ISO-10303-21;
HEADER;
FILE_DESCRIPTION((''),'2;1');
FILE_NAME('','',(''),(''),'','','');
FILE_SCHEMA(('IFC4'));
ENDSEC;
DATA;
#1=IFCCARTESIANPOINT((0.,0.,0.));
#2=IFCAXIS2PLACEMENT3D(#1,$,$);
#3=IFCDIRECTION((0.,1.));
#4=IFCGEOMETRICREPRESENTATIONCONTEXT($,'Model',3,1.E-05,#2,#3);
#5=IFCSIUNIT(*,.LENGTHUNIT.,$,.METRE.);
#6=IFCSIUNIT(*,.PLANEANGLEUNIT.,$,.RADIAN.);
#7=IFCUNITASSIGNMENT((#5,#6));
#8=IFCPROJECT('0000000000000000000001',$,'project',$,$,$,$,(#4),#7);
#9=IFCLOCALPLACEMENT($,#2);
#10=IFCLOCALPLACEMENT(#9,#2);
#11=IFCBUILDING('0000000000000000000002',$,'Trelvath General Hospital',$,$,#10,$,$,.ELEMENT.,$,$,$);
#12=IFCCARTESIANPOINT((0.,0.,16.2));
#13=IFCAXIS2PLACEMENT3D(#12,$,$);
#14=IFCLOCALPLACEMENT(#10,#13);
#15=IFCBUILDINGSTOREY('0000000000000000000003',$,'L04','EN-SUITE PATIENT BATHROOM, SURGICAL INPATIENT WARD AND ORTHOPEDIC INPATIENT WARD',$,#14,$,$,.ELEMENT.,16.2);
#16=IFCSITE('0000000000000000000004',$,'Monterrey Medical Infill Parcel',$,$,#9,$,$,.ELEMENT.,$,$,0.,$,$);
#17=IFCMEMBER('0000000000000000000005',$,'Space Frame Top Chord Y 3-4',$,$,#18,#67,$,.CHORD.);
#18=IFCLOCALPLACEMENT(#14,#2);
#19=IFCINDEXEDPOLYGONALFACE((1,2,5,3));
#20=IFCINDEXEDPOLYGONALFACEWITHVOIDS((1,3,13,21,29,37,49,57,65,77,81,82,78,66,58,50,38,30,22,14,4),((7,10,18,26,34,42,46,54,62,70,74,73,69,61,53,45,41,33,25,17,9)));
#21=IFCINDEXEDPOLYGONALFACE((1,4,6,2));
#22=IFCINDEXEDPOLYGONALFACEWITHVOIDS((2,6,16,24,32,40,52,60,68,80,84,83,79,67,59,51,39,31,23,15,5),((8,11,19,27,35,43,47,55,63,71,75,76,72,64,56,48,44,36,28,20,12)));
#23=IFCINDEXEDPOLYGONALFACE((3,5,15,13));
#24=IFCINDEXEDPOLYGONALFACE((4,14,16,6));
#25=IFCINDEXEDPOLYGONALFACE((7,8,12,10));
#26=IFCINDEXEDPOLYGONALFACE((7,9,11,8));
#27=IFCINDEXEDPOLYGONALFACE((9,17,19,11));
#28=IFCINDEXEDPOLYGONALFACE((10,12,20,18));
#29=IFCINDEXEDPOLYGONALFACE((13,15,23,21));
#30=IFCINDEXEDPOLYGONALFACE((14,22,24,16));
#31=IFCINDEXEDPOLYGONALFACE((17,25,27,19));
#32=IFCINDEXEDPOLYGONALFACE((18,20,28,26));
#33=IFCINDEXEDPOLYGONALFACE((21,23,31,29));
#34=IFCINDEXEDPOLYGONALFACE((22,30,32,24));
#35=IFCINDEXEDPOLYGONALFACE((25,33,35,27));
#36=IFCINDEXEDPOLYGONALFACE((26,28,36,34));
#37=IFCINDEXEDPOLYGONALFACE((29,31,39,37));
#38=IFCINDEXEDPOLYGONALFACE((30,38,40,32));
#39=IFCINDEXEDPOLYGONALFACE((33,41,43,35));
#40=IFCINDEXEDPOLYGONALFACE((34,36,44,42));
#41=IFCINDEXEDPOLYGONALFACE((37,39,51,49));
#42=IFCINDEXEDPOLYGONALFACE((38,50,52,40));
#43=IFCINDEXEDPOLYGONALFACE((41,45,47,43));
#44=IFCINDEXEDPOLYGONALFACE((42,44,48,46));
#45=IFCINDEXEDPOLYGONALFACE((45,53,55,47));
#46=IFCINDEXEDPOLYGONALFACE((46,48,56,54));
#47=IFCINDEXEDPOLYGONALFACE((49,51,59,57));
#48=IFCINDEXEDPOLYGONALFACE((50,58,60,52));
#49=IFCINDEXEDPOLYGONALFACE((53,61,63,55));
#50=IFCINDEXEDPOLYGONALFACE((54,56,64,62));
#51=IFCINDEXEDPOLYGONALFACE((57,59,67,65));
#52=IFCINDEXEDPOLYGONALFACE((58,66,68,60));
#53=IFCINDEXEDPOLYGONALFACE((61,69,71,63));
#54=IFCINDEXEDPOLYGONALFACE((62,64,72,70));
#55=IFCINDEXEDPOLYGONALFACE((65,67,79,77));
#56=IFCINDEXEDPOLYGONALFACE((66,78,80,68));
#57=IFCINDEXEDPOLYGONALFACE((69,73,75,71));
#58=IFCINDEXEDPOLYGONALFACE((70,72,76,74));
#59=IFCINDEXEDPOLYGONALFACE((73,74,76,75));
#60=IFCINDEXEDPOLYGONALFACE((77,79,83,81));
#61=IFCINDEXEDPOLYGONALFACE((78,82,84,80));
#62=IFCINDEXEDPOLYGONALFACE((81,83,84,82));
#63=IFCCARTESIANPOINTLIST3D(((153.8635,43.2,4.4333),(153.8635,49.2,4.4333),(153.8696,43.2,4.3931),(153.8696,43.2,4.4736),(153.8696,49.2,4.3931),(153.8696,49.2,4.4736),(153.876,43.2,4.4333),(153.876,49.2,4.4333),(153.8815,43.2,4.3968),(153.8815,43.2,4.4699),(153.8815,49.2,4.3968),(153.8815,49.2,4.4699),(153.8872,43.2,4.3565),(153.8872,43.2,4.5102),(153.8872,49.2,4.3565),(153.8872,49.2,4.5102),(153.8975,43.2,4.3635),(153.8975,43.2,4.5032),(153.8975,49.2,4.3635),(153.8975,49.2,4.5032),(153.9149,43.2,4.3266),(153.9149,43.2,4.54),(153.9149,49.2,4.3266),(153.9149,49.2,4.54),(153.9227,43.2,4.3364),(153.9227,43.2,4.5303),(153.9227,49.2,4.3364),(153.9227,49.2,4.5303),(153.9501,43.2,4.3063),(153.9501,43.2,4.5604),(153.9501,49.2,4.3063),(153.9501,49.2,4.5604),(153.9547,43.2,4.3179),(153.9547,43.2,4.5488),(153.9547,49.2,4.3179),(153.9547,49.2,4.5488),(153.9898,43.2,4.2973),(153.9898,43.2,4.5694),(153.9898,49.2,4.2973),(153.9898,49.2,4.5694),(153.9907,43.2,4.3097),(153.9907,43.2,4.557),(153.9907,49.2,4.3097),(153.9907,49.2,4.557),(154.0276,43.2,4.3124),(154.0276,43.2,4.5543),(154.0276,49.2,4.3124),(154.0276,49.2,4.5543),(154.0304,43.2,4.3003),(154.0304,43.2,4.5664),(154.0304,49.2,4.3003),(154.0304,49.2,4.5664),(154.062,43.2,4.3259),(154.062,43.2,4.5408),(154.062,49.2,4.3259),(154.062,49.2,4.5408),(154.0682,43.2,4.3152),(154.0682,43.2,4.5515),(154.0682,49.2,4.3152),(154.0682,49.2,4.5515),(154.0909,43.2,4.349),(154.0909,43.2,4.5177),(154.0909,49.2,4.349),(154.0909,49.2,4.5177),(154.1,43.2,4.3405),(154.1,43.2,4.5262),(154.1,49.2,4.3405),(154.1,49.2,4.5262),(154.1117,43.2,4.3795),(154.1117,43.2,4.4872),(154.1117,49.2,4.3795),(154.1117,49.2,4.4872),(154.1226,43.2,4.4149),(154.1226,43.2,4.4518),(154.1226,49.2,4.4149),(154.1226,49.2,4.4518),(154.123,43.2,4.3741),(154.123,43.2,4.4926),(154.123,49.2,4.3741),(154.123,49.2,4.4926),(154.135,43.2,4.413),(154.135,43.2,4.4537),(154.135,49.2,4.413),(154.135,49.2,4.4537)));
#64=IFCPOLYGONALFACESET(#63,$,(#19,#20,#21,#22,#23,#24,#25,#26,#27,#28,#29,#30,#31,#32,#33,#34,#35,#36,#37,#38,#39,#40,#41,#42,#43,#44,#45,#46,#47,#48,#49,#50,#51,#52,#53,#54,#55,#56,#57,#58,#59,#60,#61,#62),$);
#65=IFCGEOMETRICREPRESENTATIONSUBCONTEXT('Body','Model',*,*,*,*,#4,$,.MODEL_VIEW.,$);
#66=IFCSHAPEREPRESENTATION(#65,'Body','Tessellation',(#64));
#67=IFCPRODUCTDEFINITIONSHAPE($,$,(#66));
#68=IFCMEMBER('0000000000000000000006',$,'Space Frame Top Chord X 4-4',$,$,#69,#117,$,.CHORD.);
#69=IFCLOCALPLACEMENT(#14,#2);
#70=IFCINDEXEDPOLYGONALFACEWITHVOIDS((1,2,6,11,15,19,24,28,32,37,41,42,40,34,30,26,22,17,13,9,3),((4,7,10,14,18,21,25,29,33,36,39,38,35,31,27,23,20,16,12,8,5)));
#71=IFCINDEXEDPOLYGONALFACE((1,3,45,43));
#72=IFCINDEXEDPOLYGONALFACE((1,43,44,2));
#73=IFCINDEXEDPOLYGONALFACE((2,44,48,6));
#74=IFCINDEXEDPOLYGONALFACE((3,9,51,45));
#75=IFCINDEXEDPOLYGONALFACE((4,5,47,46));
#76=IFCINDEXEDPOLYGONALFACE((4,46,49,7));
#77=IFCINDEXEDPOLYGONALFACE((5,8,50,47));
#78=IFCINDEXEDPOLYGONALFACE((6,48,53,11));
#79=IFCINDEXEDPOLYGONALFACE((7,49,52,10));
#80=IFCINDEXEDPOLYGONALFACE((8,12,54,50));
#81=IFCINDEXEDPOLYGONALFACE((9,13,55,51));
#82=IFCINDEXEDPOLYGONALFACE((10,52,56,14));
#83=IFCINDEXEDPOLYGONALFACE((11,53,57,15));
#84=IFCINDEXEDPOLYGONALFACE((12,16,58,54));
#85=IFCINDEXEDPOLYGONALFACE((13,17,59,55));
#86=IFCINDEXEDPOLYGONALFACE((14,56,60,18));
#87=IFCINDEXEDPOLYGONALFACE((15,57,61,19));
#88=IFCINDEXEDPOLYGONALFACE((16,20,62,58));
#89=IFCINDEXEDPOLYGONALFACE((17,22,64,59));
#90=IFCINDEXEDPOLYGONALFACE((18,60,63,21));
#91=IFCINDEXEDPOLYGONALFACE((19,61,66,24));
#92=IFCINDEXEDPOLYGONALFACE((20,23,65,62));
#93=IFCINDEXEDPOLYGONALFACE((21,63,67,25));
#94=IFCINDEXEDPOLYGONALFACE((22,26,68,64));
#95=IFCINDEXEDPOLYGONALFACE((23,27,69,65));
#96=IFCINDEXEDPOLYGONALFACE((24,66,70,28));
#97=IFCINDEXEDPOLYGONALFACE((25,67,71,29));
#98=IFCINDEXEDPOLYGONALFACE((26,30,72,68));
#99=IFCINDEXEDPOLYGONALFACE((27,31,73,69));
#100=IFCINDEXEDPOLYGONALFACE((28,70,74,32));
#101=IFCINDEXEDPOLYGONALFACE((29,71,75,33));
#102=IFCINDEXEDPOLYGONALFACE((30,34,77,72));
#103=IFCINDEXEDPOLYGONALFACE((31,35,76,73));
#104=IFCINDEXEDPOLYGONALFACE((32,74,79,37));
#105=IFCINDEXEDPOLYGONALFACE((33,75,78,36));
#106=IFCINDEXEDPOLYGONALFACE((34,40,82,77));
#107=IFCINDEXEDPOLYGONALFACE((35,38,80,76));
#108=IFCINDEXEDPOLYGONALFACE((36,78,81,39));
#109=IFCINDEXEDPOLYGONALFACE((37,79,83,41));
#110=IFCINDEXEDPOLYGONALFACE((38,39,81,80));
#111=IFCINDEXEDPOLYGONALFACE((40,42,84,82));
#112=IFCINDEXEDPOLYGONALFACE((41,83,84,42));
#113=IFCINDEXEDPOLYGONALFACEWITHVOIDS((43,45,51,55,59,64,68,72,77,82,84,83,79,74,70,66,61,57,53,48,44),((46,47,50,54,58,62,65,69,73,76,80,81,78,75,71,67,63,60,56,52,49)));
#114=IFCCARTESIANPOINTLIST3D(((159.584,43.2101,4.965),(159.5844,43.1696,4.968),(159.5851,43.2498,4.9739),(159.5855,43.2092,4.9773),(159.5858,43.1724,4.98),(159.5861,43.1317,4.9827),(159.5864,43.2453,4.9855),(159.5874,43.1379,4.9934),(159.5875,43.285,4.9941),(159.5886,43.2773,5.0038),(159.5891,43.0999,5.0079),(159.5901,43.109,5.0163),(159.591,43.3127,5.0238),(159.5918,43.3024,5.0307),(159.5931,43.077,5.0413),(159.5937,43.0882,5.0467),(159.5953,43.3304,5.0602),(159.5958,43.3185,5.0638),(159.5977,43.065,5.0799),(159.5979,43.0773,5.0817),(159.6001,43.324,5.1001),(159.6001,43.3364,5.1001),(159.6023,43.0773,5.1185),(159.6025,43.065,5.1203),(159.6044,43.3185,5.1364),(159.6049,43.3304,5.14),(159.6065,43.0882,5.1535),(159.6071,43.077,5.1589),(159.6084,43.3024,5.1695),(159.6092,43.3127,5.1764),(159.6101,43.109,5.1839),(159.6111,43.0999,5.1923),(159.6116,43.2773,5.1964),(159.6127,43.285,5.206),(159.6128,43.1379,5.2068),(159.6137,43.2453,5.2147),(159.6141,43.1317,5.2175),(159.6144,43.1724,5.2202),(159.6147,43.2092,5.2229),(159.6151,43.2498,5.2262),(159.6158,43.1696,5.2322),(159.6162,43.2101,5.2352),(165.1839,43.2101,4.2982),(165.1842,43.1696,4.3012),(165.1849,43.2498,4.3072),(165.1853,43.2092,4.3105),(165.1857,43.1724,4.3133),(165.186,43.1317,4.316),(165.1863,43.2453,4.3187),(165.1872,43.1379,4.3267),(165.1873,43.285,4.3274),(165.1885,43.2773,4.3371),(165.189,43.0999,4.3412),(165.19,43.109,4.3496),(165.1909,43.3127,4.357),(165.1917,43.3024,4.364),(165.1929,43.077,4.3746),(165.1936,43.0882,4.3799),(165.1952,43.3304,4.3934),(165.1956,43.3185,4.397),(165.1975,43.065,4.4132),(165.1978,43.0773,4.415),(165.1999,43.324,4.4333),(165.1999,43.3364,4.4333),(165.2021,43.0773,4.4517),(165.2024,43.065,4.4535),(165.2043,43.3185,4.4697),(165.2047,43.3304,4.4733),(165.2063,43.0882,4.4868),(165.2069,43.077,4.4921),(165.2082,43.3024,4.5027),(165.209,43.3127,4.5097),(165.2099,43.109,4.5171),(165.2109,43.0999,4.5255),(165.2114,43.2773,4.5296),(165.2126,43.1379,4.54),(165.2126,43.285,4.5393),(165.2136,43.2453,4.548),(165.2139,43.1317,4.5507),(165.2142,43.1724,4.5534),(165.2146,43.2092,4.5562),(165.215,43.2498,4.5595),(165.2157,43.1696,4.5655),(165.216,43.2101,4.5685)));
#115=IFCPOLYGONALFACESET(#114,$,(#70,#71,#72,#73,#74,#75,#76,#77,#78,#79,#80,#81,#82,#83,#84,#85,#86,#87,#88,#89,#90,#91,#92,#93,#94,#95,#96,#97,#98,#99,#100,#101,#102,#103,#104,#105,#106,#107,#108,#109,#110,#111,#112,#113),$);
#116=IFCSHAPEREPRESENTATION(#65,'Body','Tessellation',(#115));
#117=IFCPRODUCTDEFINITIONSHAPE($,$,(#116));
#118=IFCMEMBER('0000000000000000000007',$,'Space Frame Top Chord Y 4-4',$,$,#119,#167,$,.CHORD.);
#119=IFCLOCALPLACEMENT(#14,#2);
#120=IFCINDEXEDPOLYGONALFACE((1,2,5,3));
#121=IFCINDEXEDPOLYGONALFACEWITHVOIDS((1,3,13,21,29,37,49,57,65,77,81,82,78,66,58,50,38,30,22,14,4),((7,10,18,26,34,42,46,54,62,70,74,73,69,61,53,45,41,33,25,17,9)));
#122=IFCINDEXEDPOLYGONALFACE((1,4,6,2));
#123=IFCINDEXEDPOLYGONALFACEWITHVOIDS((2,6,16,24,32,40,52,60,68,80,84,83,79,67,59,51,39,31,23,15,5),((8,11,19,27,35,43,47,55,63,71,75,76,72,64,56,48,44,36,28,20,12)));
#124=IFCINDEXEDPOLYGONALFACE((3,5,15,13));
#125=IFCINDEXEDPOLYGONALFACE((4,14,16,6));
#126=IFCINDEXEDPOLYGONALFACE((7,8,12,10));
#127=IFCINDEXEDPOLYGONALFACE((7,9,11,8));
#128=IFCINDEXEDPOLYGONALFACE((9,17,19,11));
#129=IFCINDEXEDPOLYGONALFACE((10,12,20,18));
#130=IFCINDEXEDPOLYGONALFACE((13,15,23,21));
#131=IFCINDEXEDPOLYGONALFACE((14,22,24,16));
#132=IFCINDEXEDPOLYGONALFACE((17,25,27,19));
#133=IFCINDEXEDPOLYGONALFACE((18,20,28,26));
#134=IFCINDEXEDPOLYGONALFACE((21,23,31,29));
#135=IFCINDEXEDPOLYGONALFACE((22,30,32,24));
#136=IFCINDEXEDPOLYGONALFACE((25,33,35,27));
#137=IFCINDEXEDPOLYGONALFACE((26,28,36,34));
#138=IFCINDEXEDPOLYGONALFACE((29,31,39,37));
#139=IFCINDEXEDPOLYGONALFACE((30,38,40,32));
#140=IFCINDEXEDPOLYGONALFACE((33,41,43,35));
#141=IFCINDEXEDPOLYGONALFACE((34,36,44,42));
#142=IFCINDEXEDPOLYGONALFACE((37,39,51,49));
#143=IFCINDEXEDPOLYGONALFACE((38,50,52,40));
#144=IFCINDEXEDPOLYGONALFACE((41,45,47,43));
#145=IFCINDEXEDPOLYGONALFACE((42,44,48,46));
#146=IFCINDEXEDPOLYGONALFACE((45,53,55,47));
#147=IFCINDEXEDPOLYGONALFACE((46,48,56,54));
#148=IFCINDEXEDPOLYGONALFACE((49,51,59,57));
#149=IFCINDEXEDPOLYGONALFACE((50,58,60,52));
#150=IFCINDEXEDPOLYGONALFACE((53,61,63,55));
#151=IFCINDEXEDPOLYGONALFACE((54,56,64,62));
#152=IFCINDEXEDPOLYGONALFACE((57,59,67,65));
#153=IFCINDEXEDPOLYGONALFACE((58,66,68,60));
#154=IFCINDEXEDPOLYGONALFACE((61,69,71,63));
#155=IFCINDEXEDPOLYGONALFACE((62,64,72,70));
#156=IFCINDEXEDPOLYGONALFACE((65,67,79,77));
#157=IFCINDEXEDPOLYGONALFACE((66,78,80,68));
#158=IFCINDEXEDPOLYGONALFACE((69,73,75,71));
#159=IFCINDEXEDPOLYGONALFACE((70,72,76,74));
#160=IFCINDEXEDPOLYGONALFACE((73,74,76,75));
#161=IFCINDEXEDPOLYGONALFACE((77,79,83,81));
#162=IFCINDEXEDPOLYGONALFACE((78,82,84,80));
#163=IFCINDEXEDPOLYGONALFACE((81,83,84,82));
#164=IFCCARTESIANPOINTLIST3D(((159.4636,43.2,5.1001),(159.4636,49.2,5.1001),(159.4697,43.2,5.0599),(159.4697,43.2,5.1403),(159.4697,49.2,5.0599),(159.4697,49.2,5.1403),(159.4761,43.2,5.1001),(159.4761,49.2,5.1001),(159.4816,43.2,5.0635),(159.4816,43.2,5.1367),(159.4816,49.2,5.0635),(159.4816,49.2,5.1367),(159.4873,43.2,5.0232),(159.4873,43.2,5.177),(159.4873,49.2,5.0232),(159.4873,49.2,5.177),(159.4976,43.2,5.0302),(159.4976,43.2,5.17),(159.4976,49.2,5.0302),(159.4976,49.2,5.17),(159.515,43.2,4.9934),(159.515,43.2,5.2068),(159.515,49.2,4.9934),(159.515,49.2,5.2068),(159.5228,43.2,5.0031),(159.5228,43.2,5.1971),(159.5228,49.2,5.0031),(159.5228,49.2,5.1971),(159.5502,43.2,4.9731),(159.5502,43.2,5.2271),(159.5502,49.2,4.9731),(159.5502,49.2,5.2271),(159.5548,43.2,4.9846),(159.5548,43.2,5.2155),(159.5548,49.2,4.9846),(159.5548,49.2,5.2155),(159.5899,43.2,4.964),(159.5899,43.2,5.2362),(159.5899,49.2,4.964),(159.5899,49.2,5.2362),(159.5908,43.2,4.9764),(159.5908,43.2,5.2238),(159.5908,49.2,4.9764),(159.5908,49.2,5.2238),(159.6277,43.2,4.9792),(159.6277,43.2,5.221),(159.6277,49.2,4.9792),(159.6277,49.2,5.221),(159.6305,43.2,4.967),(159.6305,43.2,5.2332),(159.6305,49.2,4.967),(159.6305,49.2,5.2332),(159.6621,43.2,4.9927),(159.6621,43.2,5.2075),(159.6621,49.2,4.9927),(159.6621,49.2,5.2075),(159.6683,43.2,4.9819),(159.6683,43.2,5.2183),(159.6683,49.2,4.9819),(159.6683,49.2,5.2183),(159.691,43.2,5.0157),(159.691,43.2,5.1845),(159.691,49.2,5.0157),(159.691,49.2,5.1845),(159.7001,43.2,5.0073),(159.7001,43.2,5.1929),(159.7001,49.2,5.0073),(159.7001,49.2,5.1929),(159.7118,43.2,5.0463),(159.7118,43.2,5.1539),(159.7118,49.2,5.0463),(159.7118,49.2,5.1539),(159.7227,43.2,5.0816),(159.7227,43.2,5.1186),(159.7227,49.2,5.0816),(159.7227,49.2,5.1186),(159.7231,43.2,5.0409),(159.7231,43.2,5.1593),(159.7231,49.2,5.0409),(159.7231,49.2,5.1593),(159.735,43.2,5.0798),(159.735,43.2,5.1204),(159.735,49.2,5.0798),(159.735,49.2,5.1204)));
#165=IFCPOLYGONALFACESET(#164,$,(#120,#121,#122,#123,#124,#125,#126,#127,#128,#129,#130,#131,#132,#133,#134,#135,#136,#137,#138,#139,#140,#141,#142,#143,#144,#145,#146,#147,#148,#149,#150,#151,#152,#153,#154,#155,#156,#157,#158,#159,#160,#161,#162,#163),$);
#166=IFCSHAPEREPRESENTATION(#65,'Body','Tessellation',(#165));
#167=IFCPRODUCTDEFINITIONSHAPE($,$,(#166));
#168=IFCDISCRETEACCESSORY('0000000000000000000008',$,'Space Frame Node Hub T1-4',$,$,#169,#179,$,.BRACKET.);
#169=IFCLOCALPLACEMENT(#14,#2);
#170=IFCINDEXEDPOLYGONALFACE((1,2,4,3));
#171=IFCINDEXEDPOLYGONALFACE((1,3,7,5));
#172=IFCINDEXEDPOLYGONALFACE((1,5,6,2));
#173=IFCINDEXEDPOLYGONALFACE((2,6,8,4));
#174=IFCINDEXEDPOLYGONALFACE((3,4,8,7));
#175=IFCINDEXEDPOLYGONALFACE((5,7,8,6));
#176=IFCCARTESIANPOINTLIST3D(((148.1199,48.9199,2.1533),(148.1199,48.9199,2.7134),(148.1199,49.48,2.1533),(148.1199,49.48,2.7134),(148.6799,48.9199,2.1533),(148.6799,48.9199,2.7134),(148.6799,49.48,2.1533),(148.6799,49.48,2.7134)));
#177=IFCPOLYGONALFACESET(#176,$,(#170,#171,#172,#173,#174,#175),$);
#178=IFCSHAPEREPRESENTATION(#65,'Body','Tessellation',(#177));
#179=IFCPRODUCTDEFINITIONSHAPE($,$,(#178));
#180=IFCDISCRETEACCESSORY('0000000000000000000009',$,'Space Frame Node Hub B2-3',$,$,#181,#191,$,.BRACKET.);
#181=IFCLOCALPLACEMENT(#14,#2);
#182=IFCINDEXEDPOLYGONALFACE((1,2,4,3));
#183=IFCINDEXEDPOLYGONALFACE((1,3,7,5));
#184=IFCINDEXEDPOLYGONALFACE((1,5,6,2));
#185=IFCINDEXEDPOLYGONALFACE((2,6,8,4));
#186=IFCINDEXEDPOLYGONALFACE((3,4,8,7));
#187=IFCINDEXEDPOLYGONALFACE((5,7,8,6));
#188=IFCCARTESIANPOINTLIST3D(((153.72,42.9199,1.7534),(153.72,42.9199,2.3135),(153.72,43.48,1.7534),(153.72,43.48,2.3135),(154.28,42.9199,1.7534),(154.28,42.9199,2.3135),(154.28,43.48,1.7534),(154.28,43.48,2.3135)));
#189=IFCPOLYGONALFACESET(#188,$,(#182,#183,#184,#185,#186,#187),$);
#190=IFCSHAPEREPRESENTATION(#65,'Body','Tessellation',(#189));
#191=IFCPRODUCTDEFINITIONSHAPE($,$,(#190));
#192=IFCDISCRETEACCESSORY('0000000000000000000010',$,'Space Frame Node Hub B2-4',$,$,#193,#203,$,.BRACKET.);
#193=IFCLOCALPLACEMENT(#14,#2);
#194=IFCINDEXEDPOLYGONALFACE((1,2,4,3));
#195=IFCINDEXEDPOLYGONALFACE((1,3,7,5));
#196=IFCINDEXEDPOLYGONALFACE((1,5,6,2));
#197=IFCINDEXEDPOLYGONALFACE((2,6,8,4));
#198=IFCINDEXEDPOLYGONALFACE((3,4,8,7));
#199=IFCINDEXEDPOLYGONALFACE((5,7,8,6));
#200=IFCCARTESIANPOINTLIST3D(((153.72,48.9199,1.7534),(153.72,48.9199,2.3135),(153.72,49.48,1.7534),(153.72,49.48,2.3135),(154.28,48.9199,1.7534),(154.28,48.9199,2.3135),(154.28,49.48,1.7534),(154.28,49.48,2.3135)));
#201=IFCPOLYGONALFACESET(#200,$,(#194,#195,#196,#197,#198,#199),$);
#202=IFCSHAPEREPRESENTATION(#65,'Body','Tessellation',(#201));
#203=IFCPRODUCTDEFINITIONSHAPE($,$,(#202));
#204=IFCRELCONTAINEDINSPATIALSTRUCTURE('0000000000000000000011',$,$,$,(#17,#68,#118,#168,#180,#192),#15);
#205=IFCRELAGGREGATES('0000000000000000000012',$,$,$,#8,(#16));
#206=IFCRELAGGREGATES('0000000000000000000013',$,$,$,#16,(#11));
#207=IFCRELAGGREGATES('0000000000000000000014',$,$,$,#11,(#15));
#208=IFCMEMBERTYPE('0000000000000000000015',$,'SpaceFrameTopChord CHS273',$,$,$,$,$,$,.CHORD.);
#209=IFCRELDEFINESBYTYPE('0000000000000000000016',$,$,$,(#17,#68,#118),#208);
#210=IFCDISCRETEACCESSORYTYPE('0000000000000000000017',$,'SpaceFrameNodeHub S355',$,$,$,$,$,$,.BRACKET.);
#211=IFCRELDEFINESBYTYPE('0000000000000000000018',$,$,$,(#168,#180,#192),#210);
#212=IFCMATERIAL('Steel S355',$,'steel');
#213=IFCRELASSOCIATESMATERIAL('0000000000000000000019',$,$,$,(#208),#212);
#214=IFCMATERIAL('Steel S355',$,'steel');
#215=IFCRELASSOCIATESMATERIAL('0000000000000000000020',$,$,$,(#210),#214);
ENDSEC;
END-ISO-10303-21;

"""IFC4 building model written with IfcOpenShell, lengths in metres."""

from ifc_helpers import new_model, si_unit, direction, frame, origin, origin_2d, place, context, subcontext, project, spatial, rectangle, hollow_circle, extrude, material, material_profile, profile_set, type_object, element, save


model = new_model("IFC4")

# Units and contexts
model_context = context("Model", 3, precision=1e-05, world=origin(), true_north=direction((0.0, 1.0)))
body_context = subcontext(model_context, "Body", "Model", "MODEL_VIEW")
ifc_project = project(units=[si_unit("LENGTHUNIT", "METRE"), si_unit("PLANEANGLEUNIT", "RADIAN")], contexts=[model_context])

# Site, building, storey
site_placement = place(None, origin())
site = spatial("IfcSite", under=ifc_project, at=site_placement, Name="Monterrey Medical Infill Parcel", CompositionType="ELEMENT", RefElevation=0.0)
building_placement = place(site_placement, origin())
building = spatial("IfcBuilding", under=site, at=building_placement, Name="Trelvath General Hospital", CompositionType="ELEMENT")
storey_placement = place(building_placement, frame((0.0, 0.0, 16.2)))
storey = spatial("IfcBuildingStorey", under=building, at=storey_placement, Name="L04", Description="EN-SUITE PATIENT BATHROOM, SURGICAL INPATIENT WARD AND ORTHOPEDIC INPATIENT WARD", CompositionType="ELEMENT", Elevation=16.2)

# Members
ifc_material_1 = material(Name="Steel S355", Category="steel")
ifc_material_profile_1 = material_profile(ifc_material_1, hollow_circle(Radius=0.1365, WallThickness=0.0125, at=origin_2d()), Name="CHS273.0x12.5")
ifc_profile_set_1 = profile_set([ifc_material_profile_1], Name="Steel S355")
member_type_1 = type_object("IfcMemberType", Name="SpaceFrameTopChord CHS273", PredefinedType="CHORD", material=ifc_profile_set_1)
member_1_placement = place(storey_placement, frame((154.0, 43.2, 4.4333), z_axis=(0.0, 1.0, 0.0), x_axis=(-1.0, 0.0, 0.0)))
element("IfcMember", 1, at=member_1_placement, inside=storey, type_object=member_type_1, Name="Space Frame Top Chord Y 3-4", PredefinedType="CHORD", context=body_context, shape_type="SweptSolid", body=[
    extrude(hollow_circle(Radius=0.1365, WallThickness=0.0125, at=origin_2d()), origin(), (0.0, 0.0, 1.0), 6.0),
])
member_2_placement = place(storey_placement, frame((159.6001, 43.2, 5.1001), z_axis=(0.992986, 0.0, -0.11823), x_axis=(0.0, 1.0, 0.0)))
element("IfcMember", 2, at=member_2_placement, inside=storey, type_object=member_type_1, Name="Space Frame Top Chord X 4-4", PredefinedType="CHORD", context=body_context, shape_type="SweptSolid", body=[
    extrude(hollow_circle(Radius=0.1365, WallThickness=0.0125, at=origin_2d()), origin(), (0.0, 0.0, 1.0), 5.6394),
])
member_3_placement = place(storey_placement, frame((159.6001, 43.2, 5.1001), z_axis=(0.0, 1.0, 0.0), x_axis=(-1.0, 0.0, 0.0)))
element("IfcMember", 3, at=member_3_placement, inside=storey, type_object=member_type_1, Name="Space Frame Top Chord Y 4-4", PredefinedType="CHORD", context=body_context, shape_type="SweptSolid", body=[
    extrude(hollow_circle(Radius=0.1365, WallThickness=0.0125, at=origin_2d()), origin(), (0.0, 0.0, 1.0), 6.0),
])

# Discrete accessories
ifc_material_2 = material(Name="Steel S355", Category="steel")
discrete_accessory_type = type_object("IfcDiscreteAccessoryType", Name="SpaceFrameNodeHub S355", PredefinedType="BRACKET", material=ifc_material_2)
for number, where, z_axis, x_axis, name in (
    (4, (148.3999, 49.2, 2.1533), (0.0, 0.0, 1.0), (1.0, 0.0, 0.0), "Space Frame Node Hub T1-4"),
    (5, (154.0, 43.2, 1.7534), (0.0, 0.0, 1.0), (1.0, 0.0, 0.0), "Space Frame Node Hub B2-3"),
    (6, (154.0, 49.2, 1.7534), (0.0, 0.0, 1.0), (1.0, 0.0, 0.0), "Space Frame Node Hub B2-4"),
):
    element("IfcDiscreteAccessory", number, at=place(storey_placement, frame(where, z_axis=z_axis, x_axis=x_axis)), inside=storey, type_object=discrete_accessory_type, Name=name, PredefinedType="BRACKET", context=body_context, shape_type="SweptSolid", body=[
        extrude(rectangle(XDim=0.5601, YDim=0.5601, at=origin_2d()), origin(), (0.0, 0.0, 1.0), 0.5601),
    ])

save(model, "model.ifc")
